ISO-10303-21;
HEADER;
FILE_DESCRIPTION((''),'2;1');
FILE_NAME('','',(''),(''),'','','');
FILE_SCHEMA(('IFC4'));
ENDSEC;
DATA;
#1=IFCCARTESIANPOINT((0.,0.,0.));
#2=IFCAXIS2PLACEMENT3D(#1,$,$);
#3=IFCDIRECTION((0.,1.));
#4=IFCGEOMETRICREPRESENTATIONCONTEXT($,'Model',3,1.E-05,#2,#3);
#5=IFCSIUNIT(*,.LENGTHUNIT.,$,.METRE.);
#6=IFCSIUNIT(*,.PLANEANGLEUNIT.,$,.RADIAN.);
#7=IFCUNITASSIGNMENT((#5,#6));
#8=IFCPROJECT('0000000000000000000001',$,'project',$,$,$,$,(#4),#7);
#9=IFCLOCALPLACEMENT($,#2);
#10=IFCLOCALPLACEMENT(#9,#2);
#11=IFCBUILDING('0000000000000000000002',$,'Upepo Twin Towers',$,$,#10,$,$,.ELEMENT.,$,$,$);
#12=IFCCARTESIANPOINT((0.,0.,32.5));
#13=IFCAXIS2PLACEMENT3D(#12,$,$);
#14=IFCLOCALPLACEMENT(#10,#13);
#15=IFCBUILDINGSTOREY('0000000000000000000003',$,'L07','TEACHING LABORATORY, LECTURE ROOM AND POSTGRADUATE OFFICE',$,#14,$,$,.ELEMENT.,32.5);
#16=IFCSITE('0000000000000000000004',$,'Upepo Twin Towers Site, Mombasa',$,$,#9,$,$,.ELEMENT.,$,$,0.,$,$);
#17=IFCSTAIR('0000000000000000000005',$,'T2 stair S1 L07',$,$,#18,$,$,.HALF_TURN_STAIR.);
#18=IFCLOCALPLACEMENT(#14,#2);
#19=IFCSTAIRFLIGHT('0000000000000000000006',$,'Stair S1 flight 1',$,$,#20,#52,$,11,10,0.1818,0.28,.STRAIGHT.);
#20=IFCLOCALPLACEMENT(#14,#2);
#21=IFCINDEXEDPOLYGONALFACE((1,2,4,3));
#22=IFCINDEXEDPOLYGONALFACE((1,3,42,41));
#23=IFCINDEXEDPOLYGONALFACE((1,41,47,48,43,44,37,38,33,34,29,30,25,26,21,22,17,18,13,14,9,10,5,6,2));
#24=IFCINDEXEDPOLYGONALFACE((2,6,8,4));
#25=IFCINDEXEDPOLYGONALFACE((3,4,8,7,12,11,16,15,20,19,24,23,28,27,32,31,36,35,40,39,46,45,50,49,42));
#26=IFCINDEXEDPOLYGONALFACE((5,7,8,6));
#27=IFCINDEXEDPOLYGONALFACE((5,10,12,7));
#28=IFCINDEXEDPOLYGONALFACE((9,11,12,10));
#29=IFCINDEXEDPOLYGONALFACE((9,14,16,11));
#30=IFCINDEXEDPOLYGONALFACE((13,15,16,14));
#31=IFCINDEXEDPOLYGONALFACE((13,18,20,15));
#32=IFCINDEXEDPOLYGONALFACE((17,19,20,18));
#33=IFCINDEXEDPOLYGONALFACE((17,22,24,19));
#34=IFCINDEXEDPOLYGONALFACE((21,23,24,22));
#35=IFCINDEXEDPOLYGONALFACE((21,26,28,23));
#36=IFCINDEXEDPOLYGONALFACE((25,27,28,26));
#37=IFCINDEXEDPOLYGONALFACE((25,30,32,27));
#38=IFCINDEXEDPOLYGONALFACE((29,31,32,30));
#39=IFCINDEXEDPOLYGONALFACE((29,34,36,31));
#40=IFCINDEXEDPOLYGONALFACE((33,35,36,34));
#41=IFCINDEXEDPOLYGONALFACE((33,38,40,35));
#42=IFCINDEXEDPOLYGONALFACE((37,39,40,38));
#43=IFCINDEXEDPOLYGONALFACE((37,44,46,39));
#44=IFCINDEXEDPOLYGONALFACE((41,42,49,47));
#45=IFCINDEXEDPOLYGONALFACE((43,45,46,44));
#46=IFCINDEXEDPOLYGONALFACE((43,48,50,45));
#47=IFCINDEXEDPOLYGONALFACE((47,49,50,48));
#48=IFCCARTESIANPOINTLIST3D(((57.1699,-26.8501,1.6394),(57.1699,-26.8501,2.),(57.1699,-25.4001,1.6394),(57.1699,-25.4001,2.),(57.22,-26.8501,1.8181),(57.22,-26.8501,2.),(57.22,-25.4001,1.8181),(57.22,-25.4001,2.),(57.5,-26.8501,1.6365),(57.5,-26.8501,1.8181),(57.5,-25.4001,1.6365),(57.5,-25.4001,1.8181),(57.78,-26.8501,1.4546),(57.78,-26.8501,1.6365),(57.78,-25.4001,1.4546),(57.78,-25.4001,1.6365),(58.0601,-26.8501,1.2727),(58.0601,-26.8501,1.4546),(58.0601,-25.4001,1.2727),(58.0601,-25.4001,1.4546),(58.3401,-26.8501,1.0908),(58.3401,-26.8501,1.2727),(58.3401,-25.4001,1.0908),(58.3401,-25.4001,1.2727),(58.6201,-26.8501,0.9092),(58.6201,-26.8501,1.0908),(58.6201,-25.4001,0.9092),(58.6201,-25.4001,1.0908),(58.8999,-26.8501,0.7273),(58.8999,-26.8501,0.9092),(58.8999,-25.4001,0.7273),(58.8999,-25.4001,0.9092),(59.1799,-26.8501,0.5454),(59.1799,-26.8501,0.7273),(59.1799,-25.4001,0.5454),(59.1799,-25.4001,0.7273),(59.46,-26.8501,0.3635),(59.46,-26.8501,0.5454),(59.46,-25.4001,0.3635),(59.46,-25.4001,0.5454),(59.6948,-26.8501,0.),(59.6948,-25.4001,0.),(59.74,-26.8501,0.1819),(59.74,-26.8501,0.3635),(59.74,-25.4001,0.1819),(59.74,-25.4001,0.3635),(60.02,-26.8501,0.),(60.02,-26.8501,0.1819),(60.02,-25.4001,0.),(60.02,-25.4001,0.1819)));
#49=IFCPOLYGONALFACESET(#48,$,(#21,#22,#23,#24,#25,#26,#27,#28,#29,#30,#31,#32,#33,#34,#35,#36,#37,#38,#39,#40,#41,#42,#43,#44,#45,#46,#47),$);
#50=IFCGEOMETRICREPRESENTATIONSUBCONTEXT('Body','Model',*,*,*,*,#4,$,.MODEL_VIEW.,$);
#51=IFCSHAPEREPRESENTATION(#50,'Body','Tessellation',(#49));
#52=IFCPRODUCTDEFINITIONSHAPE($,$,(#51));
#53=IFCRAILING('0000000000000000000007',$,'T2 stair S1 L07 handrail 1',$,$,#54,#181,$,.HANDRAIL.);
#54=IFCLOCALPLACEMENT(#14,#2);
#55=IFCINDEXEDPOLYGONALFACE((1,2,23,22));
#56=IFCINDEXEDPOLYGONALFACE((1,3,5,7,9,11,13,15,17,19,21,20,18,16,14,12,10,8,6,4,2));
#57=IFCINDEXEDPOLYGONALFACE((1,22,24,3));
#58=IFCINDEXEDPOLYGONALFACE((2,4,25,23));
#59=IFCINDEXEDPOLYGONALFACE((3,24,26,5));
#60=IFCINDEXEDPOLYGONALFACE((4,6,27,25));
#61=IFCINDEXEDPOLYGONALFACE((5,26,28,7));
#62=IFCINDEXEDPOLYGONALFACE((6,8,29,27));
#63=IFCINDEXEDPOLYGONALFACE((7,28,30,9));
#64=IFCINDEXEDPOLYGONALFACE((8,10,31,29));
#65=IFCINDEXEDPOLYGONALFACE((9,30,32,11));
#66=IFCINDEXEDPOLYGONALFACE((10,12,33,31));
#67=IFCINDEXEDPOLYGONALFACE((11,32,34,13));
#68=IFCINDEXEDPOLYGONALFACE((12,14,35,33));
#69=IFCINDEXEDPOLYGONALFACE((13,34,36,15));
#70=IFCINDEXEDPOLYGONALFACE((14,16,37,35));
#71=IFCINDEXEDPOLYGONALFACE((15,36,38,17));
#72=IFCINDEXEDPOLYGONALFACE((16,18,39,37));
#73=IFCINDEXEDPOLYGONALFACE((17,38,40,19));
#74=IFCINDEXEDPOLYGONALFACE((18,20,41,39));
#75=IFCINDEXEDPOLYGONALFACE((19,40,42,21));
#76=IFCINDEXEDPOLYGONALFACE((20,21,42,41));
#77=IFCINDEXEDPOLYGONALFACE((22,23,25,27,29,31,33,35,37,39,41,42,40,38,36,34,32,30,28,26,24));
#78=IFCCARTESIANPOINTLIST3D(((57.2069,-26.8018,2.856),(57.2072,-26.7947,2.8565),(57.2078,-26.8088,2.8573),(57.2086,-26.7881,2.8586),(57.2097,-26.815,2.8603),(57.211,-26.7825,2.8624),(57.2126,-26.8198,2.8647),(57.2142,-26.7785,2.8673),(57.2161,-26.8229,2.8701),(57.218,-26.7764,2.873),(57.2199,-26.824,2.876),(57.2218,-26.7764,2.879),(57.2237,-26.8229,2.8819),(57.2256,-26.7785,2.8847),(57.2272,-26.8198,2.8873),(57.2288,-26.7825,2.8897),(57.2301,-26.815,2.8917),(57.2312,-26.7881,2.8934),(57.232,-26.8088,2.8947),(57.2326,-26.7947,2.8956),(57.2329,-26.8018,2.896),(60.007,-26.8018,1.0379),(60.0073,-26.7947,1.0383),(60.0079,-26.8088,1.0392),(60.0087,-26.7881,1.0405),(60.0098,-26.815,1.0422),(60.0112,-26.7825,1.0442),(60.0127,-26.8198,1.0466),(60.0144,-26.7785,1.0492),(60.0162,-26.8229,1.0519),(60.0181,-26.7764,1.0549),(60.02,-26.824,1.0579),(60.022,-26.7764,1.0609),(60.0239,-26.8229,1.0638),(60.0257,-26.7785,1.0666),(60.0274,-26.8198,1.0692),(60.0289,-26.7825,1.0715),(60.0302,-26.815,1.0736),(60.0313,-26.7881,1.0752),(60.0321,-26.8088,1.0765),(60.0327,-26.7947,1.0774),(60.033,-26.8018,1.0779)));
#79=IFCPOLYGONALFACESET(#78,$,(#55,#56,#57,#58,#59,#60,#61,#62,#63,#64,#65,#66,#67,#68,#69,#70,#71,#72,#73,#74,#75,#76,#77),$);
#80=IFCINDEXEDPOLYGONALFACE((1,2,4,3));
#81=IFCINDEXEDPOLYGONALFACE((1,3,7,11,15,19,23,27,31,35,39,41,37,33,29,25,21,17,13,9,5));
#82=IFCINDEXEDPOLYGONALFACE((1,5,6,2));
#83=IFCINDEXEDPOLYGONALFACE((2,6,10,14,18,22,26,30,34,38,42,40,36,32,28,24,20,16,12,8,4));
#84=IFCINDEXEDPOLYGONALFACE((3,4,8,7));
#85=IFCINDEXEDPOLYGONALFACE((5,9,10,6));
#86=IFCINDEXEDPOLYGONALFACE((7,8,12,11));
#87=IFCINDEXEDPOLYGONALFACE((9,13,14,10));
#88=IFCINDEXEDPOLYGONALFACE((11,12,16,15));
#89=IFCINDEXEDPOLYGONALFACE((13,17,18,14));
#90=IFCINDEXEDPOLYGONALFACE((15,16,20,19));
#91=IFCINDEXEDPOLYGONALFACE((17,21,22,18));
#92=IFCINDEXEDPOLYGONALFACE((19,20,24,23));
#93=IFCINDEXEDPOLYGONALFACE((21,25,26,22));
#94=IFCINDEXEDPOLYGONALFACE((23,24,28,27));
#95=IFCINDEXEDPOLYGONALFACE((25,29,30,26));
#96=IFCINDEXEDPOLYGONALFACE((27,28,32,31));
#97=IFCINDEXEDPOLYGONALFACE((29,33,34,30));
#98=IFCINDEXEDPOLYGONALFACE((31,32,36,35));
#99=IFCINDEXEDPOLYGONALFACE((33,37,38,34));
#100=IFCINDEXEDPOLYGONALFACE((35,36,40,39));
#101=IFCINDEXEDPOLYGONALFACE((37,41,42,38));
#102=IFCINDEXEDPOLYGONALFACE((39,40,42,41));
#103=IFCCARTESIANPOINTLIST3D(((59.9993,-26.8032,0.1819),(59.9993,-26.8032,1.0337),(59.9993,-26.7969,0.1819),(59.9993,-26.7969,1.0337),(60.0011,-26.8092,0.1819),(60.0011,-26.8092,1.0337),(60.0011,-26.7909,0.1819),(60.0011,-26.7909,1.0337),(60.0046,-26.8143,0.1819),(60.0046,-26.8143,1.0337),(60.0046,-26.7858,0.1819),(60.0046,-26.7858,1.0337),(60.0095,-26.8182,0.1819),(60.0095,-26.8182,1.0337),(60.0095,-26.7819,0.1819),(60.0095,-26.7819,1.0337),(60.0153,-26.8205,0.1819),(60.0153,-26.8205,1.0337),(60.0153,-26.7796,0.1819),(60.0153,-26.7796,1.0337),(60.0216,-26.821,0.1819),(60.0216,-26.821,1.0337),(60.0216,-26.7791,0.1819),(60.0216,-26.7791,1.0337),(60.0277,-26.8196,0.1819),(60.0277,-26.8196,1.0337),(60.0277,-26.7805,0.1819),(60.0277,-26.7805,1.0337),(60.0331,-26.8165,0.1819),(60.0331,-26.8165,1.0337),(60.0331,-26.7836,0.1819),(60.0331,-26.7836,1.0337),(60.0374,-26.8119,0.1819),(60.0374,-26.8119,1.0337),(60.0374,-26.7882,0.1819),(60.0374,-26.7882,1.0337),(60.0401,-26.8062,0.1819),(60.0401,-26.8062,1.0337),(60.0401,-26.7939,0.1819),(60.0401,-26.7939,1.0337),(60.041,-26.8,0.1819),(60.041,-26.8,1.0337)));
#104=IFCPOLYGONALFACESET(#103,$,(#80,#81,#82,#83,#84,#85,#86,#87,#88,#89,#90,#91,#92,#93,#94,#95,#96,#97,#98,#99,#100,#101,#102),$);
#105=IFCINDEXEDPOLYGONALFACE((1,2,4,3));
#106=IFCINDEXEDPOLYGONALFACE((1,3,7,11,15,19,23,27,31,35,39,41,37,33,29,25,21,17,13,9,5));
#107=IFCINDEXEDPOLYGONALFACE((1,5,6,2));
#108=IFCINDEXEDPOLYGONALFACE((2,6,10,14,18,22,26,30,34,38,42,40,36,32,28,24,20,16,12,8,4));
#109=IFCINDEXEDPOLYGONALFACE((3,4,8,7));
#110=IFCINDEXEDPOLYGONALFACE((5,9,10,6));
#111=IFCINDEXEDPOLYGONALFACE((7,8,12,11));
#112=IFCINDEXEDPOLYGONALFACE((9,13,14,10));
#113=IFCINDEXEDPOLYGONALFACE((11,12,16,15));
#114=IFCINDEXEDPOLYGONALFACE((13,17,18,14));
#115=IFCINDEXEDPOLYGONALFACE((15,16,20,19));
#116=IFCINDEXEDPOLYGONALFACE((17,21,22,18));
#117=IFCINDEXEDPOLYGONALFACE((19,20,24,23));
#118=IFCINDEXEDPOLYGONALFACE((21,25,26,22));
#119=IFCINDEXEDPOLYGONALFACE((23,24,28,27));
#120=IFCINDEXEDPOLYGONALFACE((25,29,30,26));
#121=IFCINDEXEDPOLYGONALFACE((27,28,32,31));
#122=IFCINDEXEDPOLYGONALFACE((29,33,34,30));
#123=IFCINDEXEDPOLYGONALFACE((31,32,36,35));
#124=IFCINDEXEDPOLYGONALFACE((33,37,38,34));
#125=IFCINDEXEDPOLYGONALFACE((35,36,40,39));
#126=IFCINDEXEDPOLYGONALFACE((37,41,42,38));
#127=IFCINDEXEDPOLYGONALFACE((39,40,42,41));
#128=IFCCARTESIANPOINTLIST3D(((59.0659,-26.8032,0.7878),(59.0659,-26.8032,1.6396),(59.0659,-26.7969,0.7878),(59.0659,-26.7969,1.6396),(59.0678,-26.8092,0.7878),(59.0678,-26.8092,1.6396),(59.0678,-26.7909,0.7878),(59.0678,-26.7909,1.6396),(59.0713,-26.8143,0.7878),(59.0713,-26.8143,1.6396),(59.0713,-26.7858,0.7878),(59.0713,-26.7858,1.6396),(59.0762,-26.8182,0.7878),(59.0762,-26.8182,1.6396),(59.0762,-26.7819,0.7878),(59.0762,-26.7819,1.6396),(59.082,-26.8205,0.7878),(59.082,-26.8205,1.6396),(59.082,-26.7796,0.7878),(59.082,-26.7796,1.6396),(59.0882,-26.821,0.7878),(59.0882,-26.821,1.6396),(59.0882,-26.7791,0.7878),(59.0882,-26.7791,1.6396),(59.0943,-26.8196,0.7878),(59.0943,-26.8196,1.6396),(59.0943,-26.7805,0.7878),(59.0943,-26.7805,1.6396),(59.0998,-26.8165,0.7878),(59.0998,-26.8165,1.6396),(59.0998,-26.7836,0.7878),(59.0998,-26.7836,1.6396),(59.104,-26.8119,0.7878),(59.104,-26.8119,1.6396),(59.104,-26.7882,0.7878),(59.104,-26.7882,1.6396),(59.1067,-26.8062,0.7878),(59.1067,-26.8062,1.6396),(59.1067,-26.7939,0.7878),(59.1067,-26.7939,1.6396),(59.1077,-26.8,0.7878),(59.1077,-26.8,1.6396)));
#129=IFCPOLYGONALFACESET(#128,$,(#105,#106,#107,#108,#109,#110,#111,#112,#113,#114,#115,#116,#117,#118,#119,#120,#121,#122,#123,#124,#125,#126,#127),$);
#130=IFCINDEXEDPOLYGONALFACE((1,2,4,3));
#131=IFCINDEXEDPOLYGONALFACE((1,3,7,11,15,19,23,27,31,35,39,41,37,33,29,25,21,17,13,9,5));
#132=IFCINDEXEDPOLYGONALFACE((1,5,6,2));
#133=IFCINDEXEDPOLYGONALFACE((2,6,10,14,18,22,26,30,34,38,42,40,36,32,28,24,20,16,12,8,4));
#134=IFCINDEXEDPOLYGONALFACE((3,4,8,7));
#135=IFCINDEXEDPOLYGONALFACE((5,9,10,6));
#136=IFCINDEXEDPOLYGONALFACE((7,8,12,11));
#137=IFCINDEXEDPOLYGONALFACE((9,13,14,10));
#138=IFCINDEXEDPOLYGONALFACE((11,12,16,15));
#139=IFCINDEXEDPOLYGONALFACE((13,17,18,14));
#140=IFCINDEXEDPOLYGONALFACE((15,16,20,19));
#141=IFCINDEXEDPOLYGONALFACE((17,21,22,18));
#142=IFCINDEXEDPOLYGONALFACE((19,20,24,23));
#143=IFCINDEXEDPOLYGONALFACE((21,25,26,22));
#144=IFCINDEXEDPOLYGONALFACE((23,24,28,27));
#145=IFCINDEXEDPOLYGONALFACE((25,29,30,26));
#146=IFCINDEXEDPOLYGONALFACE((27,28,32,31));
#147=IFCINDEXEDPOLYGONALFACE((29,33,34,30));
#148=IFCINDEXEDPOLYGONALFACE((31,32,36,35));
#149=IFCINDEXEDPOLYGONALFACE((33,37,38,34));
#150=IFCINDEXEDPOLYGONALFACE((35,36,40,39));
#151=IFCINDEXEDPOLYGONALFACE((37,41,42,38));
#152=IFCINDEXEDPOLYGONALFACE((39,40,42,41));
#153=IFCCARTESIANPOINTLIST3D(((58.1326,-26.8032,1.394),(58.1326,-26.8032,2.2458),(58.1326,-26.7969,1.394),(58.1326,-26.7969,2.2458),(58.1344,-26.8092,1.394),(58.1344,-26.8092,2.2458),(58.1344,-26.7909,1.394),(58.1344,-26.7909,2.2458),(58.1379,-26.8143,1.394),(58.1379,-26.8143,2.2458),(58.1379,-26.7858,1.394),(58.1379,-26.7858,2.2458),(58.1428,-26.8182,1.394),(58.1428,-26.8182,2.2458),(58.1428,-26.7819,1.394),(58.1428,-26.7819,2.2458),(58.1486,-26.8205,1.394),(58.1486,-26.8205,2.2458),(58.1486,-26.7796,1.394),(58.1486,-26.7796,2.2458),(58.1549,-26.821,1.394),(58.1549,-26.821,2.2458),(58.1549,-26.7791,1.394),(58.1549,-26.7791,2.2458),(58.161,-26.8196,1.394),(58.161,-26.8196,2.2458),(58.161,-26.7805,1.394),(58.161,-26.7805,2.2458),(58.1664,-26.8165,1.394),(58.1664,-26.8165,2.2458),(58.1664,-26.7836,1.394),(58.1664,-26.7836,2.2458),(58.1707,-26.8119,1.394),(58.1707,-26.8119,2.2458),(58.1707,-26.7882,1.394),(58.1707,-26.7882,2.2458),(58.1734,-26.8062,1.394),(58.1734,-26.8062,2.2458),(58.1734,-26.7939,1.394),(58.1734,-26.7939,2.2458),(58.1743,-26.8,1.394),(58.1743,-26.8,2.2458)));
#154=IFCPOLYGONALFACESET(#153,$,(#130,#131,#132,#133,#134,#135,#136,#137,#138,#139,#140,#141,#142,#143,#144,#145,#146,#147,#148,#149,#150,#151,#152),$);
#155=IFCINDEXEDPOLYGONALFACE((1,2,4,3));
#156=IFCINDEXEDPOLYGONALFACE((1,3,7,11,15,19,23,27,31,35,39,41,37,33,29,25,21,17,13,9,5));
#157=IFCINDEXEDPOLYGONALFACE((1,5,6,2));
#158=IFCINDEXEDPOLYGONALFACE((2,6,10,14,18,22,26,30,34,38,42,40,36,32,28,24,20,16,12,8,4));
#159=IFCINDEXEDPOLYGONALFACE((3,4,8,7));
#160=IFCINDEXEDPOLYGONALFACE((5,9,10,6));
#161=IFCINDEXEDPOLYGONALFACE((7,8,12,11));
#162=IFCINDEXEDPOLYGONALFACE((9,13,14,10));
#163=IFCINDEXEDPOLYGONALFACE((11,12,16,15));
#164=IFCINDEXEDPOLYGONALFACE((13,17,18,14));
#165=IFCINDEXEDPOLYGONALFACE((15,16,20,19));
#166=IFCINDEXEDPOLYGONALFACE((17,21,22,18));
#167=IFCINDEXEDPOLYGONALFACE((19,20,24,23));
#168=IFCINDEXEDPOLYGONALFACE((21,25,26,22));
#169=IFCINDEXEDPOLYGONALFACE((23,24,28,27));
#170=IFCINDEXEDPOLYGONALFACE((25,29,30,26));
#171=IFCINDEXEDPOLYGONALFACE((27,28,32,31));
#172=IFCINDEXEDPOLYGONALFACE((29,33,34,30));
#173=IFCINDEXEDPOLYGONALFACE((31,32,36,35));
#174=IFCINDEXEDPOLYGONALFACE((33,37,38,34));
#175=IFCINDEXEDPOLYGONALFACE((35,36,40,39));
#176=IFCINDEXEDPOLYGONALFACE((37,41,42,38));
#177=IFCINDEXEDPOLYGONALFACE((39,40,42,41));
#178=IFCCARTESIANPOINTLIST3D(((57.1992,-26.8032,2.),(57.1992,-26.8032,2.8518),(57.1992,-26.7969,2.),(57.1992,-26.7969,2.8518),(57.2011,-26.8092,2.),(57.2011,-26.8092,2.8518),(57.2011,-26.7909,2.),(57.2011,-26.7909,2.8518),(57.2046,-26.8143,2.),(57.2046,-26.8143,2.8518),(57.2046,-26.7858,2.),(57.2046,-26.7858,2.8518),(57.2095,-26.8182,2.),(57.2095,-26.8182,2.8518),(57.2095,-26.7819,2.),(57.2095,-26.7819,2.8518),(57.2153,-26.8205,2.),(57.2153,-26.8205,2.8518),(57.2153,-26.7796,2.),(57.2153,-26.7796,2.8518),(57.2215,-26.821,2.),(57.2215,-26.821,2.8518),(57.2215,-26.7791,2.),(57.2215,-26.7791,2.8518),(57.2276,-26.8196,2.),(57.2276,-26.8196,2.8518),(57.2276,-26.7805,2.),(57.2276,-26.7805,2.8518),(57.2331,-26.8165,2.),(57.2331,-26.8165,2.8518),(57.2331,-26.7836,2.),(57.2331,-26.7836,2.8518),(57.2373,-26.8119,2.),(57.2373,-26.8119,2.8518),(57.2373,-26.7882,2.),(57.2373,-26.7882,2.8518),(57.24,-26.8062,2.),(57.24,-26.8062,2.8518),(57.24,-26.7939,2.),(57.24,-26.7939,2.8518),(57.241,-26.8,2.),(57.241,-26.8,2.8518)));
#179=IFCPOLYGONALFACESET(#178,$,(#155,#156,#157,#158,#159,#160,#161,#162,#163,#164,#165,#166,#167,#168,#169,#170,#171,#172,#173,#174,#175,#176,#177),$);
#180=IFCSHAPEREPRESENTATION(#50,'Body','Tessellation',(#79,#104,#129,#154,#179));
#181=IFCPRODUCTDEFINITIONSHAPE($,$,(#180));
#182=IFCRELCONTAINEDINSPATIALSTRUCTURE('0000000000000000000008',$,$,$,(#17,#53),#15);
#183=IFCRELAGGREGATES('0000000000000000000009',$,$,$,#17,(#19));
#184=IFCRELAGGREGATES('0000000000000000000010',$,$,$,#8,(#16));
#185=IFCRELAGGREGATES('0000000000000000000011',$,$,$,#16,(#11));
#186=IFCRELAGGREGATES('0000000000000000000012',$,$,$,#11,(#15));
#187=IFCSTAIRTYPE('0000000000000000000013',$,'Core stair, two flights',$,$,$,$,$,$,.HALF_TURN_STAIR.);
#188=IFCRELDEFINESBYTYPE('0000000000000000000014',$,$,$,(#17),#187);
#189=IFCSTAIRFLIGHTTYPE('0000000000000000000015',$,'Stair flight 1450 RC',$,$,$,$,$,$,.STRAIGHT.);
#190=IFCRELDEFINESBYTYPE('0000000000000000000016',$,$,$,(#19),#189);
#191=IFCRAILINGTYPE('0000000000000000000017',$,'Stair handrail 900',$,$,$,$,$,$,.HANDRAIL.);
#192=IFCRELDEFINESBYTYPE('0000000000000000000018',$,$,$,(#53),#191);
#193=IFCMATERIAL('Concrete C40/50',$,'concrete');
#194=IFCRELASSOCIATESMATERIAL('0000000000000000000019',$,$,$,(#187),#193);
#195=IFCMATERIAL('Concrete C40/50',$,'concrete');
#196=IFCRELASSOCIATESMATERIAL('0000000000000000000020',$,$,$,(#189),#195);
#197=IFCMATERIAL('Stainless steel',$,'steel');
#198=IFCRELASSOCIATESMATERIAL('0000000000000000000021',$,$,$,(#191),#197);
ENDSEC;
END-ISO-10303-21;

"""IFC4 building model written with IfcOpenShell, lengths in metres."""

from ifc_helpers import new_model, si_unit, direction, frame, origin, origin_2d, place, context, subcontext, project, spatial, polyline, circle, outline, extrude, material, type_object, element, aggregate, save


model = new_model("IFC4")

# Units and contexts
model_context = context("Model", 3, precision=1e-05, world=origin(), true_north=direction((0.0, 1.0)))
body_context = subcontext(model_context, "Body", "Model", "MODEL_VIEW")
ifc_project = project(units=[si_unit("LENGTHUNIT", "METRE"), si_unit("PLANEANGLEUNIT", "RADIAN")], contexts=[model_context])

# Site, building, storey
site_placement = place(None, origin())
site = spatial("IfcSite", under=ifc_project, at=site_placement, Name="Upepo Twin Towers Site, Mombasa", CompositionType="ELEMENT", RefElevation=0.0)
building_placement = place(site_placement, origin())
building = spatial("IfcBuilding", under=site, at=building_placement, Name="Upepo Twin Towers", CompositionType="ELEMENT")
storey_placement = place(building_placement, frame((0.0, 0.0, 32.5)))
storey = spatial("IfcBuildingStorey", under=building, at=storey_placement, Name="L07", Description="TEACHING LABORATORY, LECTURE ROOM AND POSTGRADUATE OFFICE", CompositionType="ELEMENT", Elevation=32.5)

# Stair, stair flight
ifc_material_1 = material(Name="Concrete C40/50", Category="concrete")
stair_type = type_object("IfcStairType", Name="Core stair, two flights", PredefinedType="HALF_TURN_STAIR", material=ifc_material_1)
stair_placement = place(storey_placement, origin())
stair = element("IfcStair", 1, at=stair_placement, inside=storey, type_object=stair_type, Name="T2 stair S1 L07", PredefinedType="HALF_TURN_STAIR")
ifc_material_2 = material(Name="Concrete C40/50", Category="concrete")
stair_flight_type = type_object("IfcStairFlightType", Name="Stair flight 1450 RC", PredefinedType="STRAIGHT", material=ifc_material_2)
stair_flight_placement = place(storey_placement, frame((60.02, -26.125, 0.0), z_axis=(0.0, 0.0, 1.0), x_axis=(-1.0, 0.0, 0.0)))
stair_flight = element("IfcStairFlight", 2, at=stair_flight_placement, type_object=stair_flight_type, Name="Stair S1 flight 1", NumberOfRisers=11, NumberOfTreads=10, PredefinedType="STRAIGHT", RiserHeight=0.1818, TreadLength=0.28, context=body_context, shape_type="SweptSolid", body=[
    extrude(outline(polyline([(0.0, 0.0), (0.0, 0.1819), (0.28, 0.1819), (0.28, 0.3635), (0.5601, 0.3635), (0.5601, 0.5454), (0.8401, 0.5454), (0.8401, 0.7273), (1.1201, 0.7273), (1.1201, 0.9092), (1.3999, 0.9092), (1.3999, 1.0908), (1.6799, 1.0908), (1.6799, 1.2727), (1.96, 1.2727), (1.96, 1.4546), (2.24, 1.4546), (2.24, 1.6365), (2.52, 1.6365), (2.52, 1.8181), (2.8, 1.8181), (2.8, 2.0), (2.8501, 2.0), (2.8501, 1.6394), (0.3252, 0.0), (0.0, 0.0)])), frame((0.0, 0.7251, 0.0), z_axis=(0.0, -1.0, 0.0), x_axis=(1.0, 0.0, 0.0)), (0.0, 0.0, 1.0), 1.45),
])
aggregate(stair, [stair_flight])

# Railing
ifc_material_3 = material(Name="Stainless steel", Category="steel")
railing_type = type_object("IfcRailingType", Name="Stair handrail 900", PredefinedType="HANDRAIL", material=ifc_material_3)
railing_placement = place(storey_placement, frame((60.02, -26.8, 0.1819)))
element("IfcRailing", 3, at=railing_placement, inside=storey, type_object=railing_type, Name="T2 stair S1 L07 handrail 1", PredefinedType="HANDRAIL", context=body_context, shape_type="SweptSolid", body=[
    extrude(circle(Radius=0.0239, at=origin_2d()), frame((0.0, 0.0, 0.876), z_axis=(-0.838706, 0.0, 0.544585), x_axis=(0.0, -1.0, 0.0)), (0.0, 0.0, 1.0), 3.3386),
    extrude(circle(Radius=0.021, at=origin_2d()), origin(), (0.0, 0.0, 1.0), 0.8518),
    extrude(circle(Radius=0.021, at=origin_2d()), frame((-0.9333, 0.0, 0.606)), (0.0, 0.0, 1.0), 0.8518),
    extrude(circle(Radius=0.021, at=origin_2d()), frame((-1.8667, 0.0, 1.2122)), (0.0, 0.0, 1.0), 0.8518),
    extrude(circle(Radius=0.021, at=origin_2d()), frame((-2.8, 0.0, 1.8181)), (0.0, 0.0, 1.0), 0.8518),
])

save(model, "model.ifc")
